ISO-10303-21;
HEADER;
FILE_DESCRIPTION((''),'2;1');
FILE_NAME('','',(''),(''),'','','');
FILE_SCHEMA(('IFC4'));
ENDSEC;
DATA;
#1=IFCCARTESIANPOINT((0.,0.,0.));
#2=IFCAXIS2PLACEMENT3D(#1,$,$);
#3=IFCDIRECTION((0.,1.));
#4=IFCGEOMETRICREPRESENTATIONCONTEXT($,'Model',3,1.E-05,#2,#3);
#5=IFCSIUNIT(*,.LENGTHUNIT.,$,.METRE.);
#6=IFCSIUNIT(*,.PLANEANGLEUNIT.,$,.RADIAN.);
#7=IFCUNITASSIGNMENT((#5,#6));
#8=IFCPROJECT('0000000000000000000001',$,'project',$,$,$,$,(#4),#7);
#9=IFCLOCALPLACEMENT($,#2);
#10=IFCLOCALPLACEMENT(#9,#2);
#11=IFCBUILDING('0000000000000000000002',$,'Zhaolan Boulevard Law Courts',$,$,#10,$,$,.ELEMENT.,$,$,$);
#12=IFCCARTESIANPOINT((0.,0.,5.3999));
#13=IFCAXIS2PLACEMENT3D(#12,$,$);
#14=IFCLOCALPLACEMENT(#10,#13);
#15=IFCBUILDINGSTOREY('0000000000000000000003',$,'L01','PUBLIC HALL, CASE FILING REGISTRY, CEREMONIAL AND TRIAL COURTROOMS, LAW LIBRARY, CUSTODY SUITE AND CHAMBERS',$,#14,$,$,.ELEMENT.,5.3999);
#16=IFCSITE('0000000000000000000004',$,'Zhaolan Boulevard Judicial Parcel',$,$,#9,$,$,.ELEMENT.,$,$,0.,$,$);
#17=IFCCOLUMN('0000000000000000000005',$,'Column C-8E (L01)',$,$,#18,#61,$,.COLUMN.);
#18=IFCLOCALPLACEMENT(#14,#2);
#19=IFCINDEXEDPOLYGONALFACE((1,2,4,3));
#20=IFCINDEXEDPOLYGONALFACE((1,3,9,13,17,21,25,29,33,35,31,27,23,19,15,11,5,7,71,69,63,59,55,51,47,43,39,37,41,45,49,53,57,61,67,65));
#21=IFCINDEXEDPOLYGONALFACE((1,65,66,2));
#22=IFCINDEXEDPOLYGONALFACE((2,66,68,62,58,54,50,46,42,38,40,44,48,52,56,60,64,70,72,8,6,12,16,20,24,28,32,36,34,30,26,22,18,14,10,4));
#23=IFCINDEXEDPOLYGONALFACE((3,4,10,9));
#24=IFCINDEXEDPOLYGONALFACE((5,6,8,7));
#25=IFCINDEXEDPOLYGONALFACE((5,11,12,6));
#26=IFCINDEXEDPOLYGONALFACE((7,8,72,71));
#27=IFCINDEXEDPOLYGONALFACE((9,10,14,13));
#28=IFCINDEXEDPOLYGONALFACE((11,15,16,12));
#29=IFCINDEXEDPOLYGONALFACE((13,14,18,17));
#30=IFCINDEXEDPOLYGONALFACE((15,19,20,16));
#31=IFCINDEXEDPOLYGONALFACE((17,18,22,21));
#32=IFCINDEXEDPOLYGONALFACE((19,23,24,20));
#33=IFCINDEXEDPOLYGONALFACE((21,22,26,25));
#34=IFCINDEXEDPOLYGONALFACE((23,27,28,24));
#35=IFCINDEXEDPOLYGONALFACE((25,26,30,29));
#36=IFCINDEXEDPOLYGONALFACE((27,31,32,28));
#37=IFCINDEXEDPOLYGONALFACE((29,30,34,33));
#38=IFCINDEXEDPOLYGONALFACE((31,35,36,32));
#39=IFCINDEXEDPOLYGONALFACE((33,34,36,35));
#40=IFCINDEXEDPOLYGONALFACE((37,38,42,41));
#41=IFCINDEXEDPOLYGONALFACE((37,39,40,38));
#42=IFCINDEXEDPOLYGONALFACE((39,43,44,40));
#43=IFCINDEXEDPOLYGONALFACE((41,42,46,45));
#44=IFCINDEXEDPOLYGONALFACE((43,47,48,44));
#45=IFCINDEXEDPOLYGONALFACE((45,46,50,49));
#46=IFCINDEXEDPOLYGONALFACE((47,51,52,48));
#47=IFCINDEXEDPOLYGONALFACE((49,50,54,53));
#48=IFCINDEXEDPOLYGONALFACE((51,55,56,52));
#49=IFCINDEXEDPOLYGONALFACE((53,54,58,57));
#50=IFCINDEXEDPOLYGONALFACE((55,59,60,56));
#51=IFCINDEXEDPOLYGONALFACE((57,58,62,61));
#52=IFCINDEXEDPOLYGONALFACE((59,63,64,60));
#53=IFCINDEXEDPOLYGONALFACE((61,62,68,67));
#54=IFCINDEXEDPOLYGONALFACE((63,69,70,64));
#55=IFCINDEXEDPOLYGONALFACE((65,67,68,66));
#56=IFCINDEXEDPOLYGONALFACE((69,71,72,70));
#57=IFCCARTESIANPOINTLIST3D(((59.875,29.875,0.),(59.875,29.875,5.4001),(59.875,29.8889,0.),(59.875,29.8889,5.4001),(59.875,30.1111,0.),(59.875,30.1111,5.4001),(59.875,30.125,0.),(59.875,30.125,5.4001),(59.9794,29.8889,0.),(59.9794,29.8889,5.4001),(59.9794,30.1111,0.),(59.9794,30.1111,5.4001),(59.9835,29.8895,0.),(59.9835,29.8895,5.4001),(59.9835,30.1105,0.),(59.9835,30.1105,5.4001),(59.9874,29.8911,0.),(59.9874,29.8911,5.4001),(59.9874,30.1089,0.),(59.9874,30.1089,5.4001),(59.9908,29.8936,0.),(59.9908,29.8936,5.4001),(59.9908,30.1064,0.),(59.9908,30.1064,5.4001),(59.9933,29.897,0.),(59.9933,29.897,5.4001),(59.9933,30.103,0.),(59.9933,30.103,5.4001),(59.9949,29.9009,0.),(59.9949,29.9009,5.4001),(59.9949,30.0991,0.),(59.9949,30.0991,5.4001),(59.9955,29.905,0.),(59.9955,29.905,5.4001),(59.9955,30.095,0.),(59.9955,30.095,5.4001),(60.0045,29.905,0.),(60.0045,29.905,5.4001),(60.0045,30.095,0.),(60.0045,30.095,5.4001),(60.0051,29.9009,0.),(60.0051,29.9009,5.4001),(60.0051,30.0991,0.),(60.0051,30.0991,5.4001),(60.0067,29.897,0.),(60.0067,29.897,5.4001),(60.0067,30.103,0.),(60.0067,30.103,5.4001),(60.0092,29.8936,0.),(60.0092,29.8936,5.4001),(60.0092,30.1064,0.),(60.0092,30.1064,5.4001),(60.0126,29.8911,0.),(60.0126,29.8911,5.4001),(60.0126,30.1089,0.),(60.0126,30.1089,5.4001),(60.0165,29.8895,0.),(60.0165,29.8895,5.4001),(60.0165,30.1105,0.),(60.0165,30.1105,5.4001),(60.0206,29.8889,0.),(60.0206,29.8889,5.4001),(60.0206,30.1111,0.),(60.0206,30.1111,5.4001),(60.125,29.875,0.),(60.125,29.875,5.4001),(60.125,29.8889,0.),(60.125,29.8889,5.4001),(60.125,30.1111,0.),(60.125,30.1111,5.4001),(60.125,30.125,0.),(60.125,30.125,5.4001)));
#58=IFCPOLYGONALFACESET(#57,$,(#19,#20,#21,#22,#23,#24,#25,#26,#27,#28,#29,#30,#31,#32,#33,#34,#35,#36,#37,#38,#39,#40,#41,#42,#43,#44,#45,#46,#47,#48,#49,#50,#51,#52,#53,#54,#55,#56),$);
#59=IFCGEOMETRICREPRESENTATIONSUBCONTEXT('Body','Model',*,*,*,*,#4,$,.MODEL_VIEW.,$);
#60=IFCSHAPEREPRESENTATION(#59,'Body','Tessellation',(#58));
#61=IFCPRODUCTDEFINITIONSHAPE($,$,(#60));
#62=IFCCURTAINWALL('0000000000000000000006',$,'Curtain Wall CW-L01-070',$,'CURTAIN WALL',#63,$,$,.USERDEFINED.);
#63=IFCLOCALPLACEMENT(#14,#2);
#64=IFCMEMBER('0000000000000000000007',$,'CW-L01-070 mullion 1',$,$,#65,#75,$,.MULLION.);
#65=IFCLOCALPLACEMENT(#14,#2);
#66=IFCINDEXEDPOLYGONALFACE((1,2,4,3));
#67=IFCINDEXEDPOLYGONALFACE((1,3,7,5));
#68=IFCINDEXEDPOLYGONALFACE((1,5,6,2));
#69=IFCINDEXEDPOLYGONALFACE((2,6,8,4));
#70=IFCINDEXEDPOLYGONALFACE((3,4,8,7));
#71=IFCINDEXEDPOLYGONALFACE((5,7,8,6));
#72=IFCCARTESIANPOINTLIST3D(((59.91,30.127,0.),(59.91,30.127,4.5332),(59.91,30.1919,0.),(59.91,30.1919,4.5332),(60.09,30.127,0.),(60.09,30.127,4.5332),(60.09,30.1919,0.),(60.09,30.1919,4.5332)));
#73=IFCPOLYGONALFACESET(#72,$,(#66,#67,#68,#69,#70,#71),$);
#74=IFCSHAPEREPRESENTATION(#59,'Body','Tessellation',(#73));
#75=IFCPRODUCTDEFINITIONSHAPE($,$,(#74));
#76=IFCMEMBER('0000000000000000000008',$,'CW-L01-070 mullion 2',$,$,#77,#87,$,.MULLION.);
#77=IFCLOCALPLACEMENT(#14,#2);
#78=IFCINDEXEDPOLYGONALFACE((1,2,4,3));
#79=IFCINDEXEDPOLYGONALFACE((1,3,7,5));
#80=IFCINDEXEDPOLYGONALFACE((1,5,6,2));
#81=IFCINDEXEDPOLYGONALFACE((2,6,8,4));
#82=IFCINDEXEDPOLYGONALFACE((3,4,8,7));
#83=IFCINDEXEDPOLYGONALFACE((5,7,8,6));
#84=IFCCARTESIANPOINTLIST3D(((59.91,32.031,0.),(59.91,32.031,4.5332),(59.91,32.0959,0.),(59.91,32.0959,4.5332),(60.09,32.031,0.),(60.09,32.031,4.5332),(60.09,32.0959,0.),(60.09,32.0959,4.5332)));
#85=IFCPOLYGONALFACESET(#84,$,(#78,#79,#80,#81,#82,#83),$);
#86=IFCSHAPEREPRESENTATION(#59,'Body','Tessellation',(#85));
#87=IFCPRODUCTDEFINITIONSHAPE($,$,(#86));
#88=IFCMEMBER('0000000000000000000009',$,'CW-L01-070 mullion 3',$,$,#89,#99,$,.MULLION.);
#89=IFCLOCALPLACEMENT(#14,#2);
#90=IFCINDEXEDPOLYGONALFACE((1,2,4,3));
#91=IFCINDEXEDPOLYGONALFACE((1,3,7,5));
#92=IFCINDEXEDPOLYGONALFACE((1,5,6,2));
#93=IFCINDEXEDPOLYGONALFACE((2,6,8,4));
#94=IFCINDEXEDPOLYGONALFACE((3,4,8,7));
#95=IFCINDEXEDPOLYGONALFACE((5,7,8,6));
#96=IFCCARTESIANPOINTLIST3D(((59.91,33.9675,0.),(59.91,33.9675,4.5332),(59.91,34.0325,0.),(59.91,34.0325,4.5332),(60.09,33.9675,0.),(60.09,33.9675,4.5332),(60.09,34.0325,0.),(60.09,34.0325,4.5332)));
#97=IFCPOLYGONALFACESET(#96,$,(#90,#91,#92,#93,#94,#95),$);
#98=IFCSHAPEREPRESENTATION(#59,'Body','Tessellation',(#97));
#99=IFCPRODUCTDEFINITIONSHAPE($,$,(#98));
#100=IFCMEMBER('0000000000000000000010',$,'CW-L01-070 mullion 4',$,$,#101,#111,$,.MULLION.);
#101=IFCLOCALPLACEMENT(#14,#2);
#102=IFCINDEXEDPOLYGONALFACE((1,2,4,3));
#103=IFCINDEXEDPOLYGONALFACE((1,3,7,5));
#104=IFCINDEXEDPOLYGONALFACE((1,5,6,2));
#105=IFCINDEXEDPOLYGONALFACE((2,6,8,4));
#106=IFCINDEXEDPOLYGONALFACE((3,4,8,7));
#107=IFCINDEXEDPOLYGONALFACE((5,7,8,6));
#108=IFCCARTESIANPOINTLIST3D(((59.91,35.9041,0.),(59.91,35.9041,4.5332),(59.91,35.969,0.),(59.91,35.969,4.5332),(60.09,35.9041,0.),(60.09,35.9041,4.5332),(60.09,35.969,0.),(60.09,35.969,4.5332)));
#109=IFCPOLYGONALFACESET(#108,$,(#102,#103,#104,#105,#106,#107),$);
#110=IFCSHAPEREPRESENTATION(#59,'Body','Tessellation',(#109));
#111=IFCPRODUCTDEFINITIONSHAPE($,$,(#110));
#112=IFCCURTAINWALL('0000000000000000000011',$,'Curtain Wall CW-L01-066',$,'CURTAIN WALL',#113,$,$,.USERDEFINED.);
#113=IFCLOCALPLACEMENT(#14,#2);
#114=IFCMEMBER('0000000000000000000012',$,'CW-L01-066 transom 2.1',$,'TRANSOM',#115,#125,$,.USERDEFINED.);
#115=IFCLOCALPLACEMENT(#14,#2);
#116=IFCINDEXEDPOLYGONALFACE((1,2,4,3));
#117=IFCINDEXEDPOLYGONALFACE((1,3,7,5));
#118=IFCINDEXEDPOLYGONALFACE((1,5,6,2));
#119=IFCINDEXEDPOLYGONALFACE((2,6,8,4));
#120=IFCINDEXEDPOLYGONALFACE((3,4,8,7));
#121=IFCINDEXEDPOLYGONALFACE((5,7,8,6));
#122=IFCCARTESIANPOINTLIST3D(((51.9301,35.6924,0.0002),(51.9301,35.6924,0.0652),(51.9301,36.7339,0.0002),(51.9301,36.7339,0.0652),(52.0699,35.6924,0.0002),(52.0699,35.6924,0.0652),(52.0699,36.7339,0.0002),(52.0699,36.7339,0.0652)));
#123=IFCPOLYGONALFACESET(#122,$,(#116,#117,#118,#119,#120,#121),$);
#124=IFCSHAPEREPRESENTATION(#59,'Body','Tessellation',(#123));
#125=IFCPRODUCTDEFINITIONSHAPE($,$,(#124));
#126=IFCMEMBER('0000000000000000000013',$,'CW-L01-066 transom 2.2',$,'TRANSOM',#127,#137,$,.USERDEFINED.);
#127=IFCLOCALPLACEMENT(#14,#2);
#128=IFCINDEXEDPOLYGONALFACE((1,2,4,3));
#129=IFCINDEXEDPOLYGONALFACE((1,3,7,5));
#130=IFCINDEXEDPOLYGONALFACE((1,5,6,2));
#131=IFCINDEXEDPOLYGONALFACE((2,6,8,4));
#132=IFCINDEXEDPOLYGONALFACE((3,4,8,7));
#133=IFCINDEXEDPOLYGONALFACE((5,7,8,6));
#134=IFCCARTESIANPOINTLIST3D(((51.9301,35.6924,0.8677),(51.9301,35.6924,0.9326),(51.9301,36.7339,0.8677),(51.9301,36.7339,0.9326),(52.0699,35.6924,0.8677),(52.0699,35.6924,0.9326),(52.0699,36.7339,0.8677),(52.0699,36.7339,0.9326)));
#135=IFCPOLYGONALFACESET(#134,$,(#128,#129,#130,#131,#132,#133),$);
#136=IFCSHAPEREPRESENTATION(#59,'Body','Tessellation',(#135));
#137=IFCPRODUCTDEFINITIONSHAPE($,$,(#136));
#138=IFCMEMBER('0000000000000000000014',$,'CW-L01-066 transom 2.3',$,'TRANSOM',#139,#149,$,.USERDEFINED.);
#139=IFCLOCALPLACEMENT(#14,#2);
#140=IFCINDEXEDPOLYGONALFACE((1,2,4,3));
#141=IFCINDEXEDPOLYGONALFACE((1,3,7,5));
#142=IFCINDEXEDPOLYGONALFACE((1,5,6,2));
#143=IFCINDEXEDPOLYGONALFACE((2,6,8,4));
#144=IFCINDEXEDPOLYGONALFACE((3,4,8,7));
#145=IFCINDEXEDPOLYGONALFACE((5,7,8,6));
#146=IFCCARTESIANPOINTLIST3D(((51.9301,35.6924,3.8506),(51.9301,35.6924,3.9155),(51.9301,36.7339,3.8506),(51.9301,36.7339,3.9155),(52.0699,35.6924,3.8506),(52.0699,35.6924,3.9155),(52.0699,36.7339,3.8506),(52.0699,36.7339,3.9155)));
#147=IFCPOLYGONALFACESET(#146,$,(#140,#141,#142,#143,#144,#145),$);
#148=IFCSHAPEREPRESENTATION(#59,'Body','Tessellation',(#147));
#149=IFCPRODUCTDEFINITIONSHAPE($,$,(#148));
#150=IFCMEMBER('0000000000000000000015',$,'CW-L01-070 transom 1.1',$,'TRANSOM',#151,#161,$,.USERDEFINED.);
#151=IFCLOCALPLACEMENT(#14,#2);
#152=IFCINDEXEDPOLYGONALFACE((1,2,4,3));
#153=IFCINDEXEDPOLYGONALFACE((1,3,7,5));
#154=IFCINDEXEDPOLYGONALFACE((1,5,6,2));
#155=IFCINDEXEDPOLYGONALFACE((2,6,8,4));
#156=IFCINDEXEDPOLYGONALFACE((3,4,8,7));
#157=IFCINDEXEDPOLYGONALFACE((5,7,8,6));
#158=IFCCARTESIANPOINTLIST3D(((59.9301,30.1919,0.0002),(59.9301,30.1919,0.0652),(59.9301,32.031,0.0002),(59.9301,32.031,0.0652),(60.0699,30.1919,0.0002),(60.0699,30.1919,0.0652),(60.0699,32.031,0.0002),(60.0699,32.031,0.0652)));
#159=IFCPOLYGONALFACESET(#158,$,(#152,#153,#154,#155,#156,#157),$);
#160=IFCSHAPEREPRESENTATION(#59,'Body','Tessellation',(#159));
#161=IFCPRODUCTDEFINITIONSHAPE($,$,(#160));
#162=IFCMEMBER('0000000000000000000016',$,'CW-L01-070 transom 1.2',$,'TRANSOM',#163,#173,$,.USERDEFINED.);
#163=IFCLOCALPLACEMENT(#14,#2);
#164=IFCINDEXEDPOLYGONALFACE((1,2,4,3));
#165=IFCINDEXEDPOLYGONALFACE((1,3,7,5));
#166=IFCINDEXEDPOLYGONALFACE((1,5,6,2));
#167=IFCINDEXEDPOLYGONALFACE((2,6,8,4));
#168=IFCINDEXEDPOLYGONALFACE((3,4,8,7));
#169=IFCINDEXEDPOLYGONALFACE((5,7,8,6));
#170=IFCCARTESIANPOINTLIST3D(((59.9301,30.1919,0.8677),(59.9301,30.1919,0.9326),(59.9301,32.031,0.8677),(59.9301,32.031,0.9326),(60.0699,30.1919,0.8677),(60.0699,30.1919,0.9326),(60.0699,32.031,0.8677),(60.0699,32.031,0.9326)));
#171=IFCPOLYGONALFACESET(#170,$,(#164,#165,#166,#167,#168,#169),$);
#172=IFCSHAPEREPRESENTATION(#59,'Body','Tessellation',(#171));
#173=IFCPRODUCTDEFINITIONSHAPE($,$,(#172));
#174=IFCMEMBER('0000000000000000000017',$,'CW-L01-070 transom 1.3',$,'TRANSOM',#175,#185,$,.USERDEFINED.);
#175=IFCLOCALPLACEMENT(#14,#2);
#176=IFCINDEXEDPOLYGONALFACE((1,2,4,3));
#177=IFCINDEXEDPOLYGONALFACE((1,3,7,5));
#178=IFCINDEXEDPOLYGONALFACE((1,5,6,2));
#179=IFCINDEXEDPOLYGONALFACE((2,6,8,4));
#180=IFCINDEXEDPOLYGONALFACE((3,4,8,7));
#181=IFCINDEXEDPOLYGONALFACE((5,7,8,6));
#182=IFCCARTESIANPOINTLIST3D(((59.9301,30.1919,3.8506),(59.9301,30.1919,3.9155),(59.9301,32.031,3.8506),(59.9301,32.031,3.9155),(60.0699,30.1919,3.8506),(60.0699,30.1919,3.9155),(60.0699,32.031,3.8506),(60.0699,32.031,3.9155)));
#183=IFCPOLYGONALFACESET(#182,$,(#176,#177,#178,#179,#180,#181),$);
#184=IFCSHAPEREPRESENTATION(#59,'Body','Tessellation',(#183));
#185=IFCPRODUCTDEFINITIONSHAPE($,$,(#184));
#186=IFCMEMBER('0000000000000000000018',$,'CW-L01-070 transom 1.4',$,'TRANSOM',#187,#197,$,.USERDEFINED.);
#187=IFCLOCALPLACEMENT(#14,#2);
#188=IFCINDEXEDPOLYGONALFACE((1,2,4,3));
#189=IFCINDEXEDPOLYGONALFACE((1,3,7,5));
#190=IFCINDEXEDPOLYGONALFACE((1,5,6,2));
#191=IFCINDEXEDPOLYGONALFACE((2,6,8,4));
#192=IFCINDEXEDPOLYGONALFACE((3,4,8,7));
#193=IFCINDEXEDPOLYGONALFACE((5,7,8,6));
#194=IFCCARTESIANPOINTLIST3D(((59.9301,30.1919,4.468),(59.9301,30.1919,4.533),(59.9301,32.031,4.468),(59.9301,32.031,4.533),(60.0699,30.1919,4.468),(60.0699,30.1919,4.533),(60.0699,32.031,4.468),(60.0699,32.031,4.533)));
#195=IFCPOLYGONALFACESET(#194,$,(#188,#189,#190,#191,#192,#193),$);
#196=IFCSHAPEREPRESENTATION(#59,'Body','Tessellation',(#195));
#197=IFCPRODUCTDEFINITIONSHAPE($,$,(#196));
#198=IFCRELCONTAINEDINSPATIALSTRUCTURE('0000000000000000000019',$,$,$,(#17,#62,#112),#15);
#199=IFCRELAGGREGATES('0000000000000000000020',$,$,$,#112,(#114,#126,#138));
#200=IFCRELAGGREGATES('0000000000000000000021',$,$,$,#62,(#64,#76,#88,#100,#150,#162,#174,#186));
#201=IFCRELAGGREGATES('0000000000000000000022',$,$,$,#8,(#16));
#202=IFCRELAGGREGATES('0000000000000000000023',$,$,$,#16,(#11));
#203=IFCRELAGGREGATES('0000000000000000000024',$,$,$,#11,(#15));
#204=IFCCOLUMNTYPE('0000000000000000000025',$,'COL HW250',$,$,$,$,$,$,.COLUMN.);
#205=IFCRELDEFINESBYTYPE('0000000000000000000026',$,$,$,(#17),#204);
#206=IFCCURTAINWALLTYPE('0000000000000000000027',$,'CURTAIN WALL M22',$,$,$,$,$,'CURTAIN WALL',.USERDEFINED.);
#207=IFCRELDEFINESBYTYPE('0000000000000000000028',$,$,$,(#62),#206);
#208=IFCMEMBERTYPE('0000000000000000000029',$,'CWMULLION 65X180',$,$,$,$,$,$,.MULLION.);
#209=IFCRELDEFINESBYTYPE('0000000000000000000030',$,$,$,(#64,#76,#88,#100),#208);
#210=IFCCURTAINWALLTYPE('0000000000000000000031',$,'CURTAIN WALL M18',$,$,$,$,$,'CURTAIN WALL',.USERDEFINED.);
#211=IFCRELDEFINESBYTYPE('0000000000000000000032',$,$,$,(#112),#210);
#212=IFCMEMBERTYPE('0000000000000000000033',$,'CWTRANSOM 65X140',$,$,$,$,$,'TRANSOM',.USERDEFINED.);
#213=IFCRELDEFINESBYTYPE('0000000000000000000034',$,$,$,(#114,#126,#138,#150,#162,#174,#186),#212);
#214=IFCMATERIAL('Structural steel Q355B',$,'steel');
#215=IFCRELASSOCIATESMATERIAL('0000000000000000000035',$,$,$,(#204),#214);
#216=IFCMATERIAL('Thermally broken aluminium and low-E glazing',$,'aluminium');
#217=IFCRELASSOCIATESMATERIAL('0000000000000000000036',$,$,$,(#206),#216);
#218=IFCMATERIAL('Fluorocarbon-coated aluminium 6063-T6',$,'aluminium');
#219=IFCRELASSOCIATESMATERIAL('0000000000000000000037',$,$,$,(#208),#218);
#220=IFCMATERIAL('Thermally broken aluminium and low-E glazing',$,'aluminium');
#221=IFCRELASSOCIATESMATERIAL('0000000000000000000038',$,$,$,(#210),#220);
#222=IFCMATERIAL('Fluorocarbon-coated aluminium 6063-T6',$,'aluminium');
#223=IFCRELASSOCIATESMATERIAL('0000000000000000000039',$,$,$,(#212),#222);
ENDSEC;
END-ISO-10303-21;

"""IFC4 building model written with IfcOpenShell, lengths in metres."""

from ifc_helpers import new_model, si_unit, direction, frame, origin, origin_2d, place, context, subcontext, project, spatial, rectangle, i_section, extrude, material, material_profile, profile_set, type_object, element, aggregate, save


model = new_model("IFC4")

# Units and contexts
model_context = context("Model", 3, precision=1e-05, world=origin(), true_north=direction((0.0, 1.0)))
body_context = subcontext(model_context, "Body", "Model", "MODEL_VIEW")
ifc_project = project(units=[si_unit("LENGTHUNIT", "METRE"), si_unit("PLANEANGLEUNIT", "RADIAN")], contexts=[model_context])

# Site, building, storey
site_placement = place(None, origin())
site = spatial("IfcSite", under=ifc_project, at=site_placement, Name="Zhaolan Boulevard Judicial Parcel", CompositionType="ELEMENT", RefElevation=0.0)
building_placement = place(site_placement, origin())
building = spatial("IfcBuilding", under=site, at=building_placement, Name="Zhaolan Boulevard Law Courts", CompositionType="ELEMENT")
storey_placement = place(building_placement, frame((0.0, 0.0, 5.3999)))
storey = spatial("IfcBuildingStorey", under=building, at=storey_placement, Name="L01", Description="PUBLIC HALL, CASE FILING REGISTRY, CEREMONIAL AND TRIAL COURTROOMS, LAW LIBRARY, CUSTODY SUITE AND CHAMBERS", CompositionType="ELEMENT", Elevation=5.3999)

# Column
ifc_material_1 = material(Name="Structural steel Q355B", Category="steel")
ifc_material_profile_1 = material_profile(ifc_material_1, i_section(OverallWidth=0.25, OverallDepth=0.25, WebThickness=0.009, FlangeThickness=0.0139, FilletRadius=0.0161, at=origin_2d()), Name="HW250x250")
ifc_profile_set_1 = profile_set([ifc_material_profile_1], Name="Structural steel Q355B")
column_type = type_object("IfcColumnType", Name="COL HW250", PredefinedType="COLUMN", material=ifc_profile_set_1)
column_placement = place(storey_placement, frame((60.0, 30.0, 0.0), z_axis=(0.0, 0.0, 1.0), x_axis=(1.0, 0.0, 0.0)))
element("IfcColumn", 1, at=column_placement, inside=storey, type_object=column_type, Name="Column C-8E (L01)", PredefinedType="COLUMN", context=body_context, shape_type="SweptSolid", body=[
    extrude(i_section(OverallWidth=0.25, OverallDepth=0.25, WebThickness=0.009, FlangeThickness=0.0139, FilletRadius=0.0161, at=origin_2d()), origin(), (0.0, 0.0, 1.0), 5.4001),
])

# Curtain walls, members
ifc_material_2 = material(Name="Thermally broken aluminium and low-E glazing", Category="aluminium")
curtain_wall_type_1 = type_object("IfcCurtainWallType", Name="CURTAIN WALL M22", ElementType="CURTAIN WALL", PredefinedType="USERDEFINED", material=ifc_material_2)
curtain_wall_1_placement = place(storey_placement, origin())
curtain_wall_1 = element("IfcCurtainWall", 2, at=curtain_wall_1_placement, inside=storey, type_object=curtain_wall_type_1, Name="Curtain Wall CW-L01-070", ObjectType="CURTAIN WALL", PredefinedType="USERDEFINED")
ifc_material_3 = material(Name="Fluorocarbon-coated aluminium 6063-T6", Category="aluminium")
ifc_material_profile_2 = material_profile(ifc_material_3, rectangle(XDim=0.1799, YDim=0.0649, at=origin_2d()), Name="AL65x180")
ifc_profile_set_2 = profile_set([ifc_material_profile_2], Name="Fluorocarbon-coated aluminium 6063-T6")
member_type_1 = type_object("IfcMemberType", Name="CWMULLION 65X180", PredefinedType="MULLION", material=ifc_profile_set_2)
member_1_placement = place(storey_placement, frame((60.0, 30.1594, 0.0), z_axis=(0.0, 0.0, 1.0), x_axis=(-1.0, 0.0, 0.0)))
member_1 = element("IfcMember", 3, at=member_1_placement, type_object=member_type_1, Name="CW-L01-070 mullion 1", PredefinedType="MULLION", context=body_context, shape_type="SweptSolid", body=[
    extrude(rectangle(XDim=0.1799, YDim=0.0649, at=origin_2d()), origin(), (0.0, 0.0, 1.0), 4.5332),
])
member_2_placement = place(storey_placement, frame((60.0, 32.0635, 0.0), z_axis=(0.0, 0.0, 1.0), x_axis=(-1.0, 0.0, 0.0)))
member_2 = element("IfcMember", 4, at=member_2_placement, type_object=member_type_1, Name="CW-L01-070 mullion 2", PredefinedType="MULLION", context=body_context, shape_type="SweptSolid", body=[
    extrude(rectangle(XDim=0.1799, YDim=0.0649, at=origin_2d()), origin(), (0.0, 0.0, 1.0), 4.5332),
])
member_3_placement = place(storey_placement, frame((60.0, 34.0, 0.0), z_axis=(0.0, 0.0, 1.0), x_axis=(-1.0, 0.0, 0.0)))
member_3 = element("IfcMember", 5, at=member_3_placement, type_object=member_type_1, Name="CW-L01-070 mullion 3", PredefinedType="MULLION", context=body_context, shape_type="SweptSolid", body=[
    extrude(rectangle(XDim=0.1799, YDim=0.0649, at=origin_2d()), origin(), (0.0, 0.0, 1.0), 4.5332),
])
member_4_placement = place(storey_placement, frame((60.0, 35.9365, 0.0), z_axis=(0.0, 0.0, 1.0), x_axis=(-1.0, 0.0, 0.0)))
member_4 = element("IfcMember", 6, at=member_4_placement, type_object=member_type_1, Name="CW-L01-070 mullion 4", PredefinedType="MULLION", context=body_context, shape_type="SweptSolid", body=[
    extrude(rectangle(XDim=0.1799, YDim=0.0649, at=origin_2d()), origin(), (0.0, 0.0, 1.0), 4.5332),
])
ifc_material_4 = material(Name="Thermally broken aluminium and low-E glazing", Category="aluminium")
curtain_wall_type_2 = type_object("IfcCurtainWallType", Name="CURTAIN WALL M18", ElementType="CURTAIN WALL", PredefinedType="USERDEFINED", material=ifc_material_4)
curtain_wall_2_placement = place(storey_placement, origin())
curtain_wall_2 = element("IfcCurtainWall", 7, at=curtain_wall_2_placement, inside=storey, type_object=curtain_wall_type_2, Name="Curtain Wall CW-L01-066", ObjectType="CURTAIN WALL", PredefinedType="USERDEFINED")
ifc_material_5 = material(Name="Fluorocarbon-coated aluminium 6063-T6", Category="aluminium")
ifc_material_profile_3 = material_profile(ifc_material_5, rectangle(XDim=0.1399, YDim=0.0649, at=origin_2d()), Name="AL65x140")
ifc_profile_set_3 = profile_set([ifc_material_profile_3], Name="Fluorocarbon-coated aluminium 6063-T6")
member_type_2 = type_object("IfcMemberType", Name="CWTRANSOM 65X140", ElementType="TRANSOM", PredefinedType="USERDEFINED", material=ifc_profile_set_3)
member_5_placement = place(storey_placement, frame((52.0, 36.7339, 0.0327), z_axis=(0.0, -1.0, 0.0), x_axis=(1.0, 0.0, 0.0)))
member_5 = element("IfcMember", 8, at=member_5_placement, type_object=member_type_2, Name="CW-L01-066 transom 2.1", ObjectType="TRANSOM", PredefinedType="USERDEFINED", context=body_context, shape_type="SweptSolid", body=[
    extrude(rectangle(XDim=0.1399, YDim=0.0649, at=origin_2d()), origin(), (0.0, 0.0, 1.0), 1.0415),
])
member_6_placement = place(storey_placement, frame((52.0, 36.7339, 0.9001), z_axis=(0.0, -1.0, 0.0), x_axis=(1.0, 0.0, 0.0)))
member_6 = element("IfcMember", 9, at=member_6_placement, type_object=member_type_2, Name="CW-L01-066 transom 2.2", ObjectType="TRANSOM", PredefinedType="USERDEFINED", context=body_context, shape_type="SweptSolid", body=[
    extrude(rectangle(XDim=0.1399, YDim=0.0649, at=origin_2d()), origin(), (0.0, 0.0, 1.0), 1.0415),
])
member_7_placement = place(storey_placement, frame((52.0, 36.7339, 3.8831), z_axis=(0.0, -1.0, 0.0), x_axis=(1.0, 0.0, 0.0)))
member_7 = element("IfcMember", 10, at=member_7_placement, type_object=member_type_2, Name="CW-L01-066 transom 2.3", ObjectType="TRANSOM", PredefinedType="USERDEFINED", context=body_context, shape_type="SweptSolid", body=[
    extrude(rectangle(XDim=0.1399, YDim=0.0649, at=origin_2d()), origin(), (0.0, 0.0, 1.0), 1.0415),
])

# Members
member_8_placement = place(storey_placement, frame((60.0, 30.1919, 0.0327), z_axis=(0.0, 1.0, 0.0), x_axis=(-1.0, 0.0, 0.0)))
member_8 = element("IfcMember", 11, at=member_8_placement, type_object=member_type_2, Name="CW-L01-070 transom 1.1", ObjectType="TRANSOM", PredefinedType="USERDEFINED", context=body_context, shape_type="SweptSolid", body=[
    extrude(rectangle(XDim=0.1399, YDim=0.0649, at=origin_2d()), origin(), (0.0, 0.0, 1.0), 1.8391),
])
member_9_placement = place(storey_placement, frame((60.0, 30.1919, 0.9001), z_axis=(0.0, 1.0, 0.0), x_axis=(-1.0, 0.0, 0.0)))
member_9 = element("IfcMember", 12, at=member_9_placement, type_object=member_type_2, Name="CW-L01-070 transom 1.2", ObjectType="TRANSOM", PredefinedType="USERDEFINED", context=body_context, shape_type="SweptSolid", body=[
    extrude(rectangle(XDim=0.1399, YDim=0.0649, at=origin_2d()), origin(), (0.0, 0.0, 1.0), 1.8391),
])
member_10_placement = place(storey_placement, frame((60.0, 30.1919, 3.8831), z_axis=(0.0, 1.0, 0.0), x_axis=(-1.0, 0.0, 0.0)))
member_10 = element("IfcMember", 13, at=member_10_placement, type_object=member_type_2, Name="CW-L01-070 transom 1.3", ObjectType="TRANSOM", PredefinedType="USERDEFINED", context=body_context, shape_type="SweptSolid", body=[
    extrude(rectangle(XDim=0.1399, YDim=0.0649, at=origin_2d()), origin(), (0.0, 0.0, 1.0), 1.8391),
])
member_11_placement = place(storey_placement, frame((60.0, 30.1919, 4.5005), z_axis=(0.0, 1.0, 0.0), x_axis=(-1.0, 0.0, 0.0)))
member_11 = element("IfcMember", 14, at=member_11_placement, type_object=member_type_2, Name="CW-L01-070 transom 1.4", ObjectType="TRANSOM", PredefinedType="USERDEFINED", context=body_context, shape_type="SweptSolid", body=[
    extrude(rectangle(XDim=0.1399, YDim=0.0649, at=origin_2d()), origin(), (0.0, 0.0, 1.0), 1.8391),
])

aggregate(curtain_wall_2, [member_5, member_6, member_7])
aggregate(curtain_wall_1, [member_1, member_2, member_3, member_4, member_8, member_9, member_10, member_11])

save(model, "model.ifc")
